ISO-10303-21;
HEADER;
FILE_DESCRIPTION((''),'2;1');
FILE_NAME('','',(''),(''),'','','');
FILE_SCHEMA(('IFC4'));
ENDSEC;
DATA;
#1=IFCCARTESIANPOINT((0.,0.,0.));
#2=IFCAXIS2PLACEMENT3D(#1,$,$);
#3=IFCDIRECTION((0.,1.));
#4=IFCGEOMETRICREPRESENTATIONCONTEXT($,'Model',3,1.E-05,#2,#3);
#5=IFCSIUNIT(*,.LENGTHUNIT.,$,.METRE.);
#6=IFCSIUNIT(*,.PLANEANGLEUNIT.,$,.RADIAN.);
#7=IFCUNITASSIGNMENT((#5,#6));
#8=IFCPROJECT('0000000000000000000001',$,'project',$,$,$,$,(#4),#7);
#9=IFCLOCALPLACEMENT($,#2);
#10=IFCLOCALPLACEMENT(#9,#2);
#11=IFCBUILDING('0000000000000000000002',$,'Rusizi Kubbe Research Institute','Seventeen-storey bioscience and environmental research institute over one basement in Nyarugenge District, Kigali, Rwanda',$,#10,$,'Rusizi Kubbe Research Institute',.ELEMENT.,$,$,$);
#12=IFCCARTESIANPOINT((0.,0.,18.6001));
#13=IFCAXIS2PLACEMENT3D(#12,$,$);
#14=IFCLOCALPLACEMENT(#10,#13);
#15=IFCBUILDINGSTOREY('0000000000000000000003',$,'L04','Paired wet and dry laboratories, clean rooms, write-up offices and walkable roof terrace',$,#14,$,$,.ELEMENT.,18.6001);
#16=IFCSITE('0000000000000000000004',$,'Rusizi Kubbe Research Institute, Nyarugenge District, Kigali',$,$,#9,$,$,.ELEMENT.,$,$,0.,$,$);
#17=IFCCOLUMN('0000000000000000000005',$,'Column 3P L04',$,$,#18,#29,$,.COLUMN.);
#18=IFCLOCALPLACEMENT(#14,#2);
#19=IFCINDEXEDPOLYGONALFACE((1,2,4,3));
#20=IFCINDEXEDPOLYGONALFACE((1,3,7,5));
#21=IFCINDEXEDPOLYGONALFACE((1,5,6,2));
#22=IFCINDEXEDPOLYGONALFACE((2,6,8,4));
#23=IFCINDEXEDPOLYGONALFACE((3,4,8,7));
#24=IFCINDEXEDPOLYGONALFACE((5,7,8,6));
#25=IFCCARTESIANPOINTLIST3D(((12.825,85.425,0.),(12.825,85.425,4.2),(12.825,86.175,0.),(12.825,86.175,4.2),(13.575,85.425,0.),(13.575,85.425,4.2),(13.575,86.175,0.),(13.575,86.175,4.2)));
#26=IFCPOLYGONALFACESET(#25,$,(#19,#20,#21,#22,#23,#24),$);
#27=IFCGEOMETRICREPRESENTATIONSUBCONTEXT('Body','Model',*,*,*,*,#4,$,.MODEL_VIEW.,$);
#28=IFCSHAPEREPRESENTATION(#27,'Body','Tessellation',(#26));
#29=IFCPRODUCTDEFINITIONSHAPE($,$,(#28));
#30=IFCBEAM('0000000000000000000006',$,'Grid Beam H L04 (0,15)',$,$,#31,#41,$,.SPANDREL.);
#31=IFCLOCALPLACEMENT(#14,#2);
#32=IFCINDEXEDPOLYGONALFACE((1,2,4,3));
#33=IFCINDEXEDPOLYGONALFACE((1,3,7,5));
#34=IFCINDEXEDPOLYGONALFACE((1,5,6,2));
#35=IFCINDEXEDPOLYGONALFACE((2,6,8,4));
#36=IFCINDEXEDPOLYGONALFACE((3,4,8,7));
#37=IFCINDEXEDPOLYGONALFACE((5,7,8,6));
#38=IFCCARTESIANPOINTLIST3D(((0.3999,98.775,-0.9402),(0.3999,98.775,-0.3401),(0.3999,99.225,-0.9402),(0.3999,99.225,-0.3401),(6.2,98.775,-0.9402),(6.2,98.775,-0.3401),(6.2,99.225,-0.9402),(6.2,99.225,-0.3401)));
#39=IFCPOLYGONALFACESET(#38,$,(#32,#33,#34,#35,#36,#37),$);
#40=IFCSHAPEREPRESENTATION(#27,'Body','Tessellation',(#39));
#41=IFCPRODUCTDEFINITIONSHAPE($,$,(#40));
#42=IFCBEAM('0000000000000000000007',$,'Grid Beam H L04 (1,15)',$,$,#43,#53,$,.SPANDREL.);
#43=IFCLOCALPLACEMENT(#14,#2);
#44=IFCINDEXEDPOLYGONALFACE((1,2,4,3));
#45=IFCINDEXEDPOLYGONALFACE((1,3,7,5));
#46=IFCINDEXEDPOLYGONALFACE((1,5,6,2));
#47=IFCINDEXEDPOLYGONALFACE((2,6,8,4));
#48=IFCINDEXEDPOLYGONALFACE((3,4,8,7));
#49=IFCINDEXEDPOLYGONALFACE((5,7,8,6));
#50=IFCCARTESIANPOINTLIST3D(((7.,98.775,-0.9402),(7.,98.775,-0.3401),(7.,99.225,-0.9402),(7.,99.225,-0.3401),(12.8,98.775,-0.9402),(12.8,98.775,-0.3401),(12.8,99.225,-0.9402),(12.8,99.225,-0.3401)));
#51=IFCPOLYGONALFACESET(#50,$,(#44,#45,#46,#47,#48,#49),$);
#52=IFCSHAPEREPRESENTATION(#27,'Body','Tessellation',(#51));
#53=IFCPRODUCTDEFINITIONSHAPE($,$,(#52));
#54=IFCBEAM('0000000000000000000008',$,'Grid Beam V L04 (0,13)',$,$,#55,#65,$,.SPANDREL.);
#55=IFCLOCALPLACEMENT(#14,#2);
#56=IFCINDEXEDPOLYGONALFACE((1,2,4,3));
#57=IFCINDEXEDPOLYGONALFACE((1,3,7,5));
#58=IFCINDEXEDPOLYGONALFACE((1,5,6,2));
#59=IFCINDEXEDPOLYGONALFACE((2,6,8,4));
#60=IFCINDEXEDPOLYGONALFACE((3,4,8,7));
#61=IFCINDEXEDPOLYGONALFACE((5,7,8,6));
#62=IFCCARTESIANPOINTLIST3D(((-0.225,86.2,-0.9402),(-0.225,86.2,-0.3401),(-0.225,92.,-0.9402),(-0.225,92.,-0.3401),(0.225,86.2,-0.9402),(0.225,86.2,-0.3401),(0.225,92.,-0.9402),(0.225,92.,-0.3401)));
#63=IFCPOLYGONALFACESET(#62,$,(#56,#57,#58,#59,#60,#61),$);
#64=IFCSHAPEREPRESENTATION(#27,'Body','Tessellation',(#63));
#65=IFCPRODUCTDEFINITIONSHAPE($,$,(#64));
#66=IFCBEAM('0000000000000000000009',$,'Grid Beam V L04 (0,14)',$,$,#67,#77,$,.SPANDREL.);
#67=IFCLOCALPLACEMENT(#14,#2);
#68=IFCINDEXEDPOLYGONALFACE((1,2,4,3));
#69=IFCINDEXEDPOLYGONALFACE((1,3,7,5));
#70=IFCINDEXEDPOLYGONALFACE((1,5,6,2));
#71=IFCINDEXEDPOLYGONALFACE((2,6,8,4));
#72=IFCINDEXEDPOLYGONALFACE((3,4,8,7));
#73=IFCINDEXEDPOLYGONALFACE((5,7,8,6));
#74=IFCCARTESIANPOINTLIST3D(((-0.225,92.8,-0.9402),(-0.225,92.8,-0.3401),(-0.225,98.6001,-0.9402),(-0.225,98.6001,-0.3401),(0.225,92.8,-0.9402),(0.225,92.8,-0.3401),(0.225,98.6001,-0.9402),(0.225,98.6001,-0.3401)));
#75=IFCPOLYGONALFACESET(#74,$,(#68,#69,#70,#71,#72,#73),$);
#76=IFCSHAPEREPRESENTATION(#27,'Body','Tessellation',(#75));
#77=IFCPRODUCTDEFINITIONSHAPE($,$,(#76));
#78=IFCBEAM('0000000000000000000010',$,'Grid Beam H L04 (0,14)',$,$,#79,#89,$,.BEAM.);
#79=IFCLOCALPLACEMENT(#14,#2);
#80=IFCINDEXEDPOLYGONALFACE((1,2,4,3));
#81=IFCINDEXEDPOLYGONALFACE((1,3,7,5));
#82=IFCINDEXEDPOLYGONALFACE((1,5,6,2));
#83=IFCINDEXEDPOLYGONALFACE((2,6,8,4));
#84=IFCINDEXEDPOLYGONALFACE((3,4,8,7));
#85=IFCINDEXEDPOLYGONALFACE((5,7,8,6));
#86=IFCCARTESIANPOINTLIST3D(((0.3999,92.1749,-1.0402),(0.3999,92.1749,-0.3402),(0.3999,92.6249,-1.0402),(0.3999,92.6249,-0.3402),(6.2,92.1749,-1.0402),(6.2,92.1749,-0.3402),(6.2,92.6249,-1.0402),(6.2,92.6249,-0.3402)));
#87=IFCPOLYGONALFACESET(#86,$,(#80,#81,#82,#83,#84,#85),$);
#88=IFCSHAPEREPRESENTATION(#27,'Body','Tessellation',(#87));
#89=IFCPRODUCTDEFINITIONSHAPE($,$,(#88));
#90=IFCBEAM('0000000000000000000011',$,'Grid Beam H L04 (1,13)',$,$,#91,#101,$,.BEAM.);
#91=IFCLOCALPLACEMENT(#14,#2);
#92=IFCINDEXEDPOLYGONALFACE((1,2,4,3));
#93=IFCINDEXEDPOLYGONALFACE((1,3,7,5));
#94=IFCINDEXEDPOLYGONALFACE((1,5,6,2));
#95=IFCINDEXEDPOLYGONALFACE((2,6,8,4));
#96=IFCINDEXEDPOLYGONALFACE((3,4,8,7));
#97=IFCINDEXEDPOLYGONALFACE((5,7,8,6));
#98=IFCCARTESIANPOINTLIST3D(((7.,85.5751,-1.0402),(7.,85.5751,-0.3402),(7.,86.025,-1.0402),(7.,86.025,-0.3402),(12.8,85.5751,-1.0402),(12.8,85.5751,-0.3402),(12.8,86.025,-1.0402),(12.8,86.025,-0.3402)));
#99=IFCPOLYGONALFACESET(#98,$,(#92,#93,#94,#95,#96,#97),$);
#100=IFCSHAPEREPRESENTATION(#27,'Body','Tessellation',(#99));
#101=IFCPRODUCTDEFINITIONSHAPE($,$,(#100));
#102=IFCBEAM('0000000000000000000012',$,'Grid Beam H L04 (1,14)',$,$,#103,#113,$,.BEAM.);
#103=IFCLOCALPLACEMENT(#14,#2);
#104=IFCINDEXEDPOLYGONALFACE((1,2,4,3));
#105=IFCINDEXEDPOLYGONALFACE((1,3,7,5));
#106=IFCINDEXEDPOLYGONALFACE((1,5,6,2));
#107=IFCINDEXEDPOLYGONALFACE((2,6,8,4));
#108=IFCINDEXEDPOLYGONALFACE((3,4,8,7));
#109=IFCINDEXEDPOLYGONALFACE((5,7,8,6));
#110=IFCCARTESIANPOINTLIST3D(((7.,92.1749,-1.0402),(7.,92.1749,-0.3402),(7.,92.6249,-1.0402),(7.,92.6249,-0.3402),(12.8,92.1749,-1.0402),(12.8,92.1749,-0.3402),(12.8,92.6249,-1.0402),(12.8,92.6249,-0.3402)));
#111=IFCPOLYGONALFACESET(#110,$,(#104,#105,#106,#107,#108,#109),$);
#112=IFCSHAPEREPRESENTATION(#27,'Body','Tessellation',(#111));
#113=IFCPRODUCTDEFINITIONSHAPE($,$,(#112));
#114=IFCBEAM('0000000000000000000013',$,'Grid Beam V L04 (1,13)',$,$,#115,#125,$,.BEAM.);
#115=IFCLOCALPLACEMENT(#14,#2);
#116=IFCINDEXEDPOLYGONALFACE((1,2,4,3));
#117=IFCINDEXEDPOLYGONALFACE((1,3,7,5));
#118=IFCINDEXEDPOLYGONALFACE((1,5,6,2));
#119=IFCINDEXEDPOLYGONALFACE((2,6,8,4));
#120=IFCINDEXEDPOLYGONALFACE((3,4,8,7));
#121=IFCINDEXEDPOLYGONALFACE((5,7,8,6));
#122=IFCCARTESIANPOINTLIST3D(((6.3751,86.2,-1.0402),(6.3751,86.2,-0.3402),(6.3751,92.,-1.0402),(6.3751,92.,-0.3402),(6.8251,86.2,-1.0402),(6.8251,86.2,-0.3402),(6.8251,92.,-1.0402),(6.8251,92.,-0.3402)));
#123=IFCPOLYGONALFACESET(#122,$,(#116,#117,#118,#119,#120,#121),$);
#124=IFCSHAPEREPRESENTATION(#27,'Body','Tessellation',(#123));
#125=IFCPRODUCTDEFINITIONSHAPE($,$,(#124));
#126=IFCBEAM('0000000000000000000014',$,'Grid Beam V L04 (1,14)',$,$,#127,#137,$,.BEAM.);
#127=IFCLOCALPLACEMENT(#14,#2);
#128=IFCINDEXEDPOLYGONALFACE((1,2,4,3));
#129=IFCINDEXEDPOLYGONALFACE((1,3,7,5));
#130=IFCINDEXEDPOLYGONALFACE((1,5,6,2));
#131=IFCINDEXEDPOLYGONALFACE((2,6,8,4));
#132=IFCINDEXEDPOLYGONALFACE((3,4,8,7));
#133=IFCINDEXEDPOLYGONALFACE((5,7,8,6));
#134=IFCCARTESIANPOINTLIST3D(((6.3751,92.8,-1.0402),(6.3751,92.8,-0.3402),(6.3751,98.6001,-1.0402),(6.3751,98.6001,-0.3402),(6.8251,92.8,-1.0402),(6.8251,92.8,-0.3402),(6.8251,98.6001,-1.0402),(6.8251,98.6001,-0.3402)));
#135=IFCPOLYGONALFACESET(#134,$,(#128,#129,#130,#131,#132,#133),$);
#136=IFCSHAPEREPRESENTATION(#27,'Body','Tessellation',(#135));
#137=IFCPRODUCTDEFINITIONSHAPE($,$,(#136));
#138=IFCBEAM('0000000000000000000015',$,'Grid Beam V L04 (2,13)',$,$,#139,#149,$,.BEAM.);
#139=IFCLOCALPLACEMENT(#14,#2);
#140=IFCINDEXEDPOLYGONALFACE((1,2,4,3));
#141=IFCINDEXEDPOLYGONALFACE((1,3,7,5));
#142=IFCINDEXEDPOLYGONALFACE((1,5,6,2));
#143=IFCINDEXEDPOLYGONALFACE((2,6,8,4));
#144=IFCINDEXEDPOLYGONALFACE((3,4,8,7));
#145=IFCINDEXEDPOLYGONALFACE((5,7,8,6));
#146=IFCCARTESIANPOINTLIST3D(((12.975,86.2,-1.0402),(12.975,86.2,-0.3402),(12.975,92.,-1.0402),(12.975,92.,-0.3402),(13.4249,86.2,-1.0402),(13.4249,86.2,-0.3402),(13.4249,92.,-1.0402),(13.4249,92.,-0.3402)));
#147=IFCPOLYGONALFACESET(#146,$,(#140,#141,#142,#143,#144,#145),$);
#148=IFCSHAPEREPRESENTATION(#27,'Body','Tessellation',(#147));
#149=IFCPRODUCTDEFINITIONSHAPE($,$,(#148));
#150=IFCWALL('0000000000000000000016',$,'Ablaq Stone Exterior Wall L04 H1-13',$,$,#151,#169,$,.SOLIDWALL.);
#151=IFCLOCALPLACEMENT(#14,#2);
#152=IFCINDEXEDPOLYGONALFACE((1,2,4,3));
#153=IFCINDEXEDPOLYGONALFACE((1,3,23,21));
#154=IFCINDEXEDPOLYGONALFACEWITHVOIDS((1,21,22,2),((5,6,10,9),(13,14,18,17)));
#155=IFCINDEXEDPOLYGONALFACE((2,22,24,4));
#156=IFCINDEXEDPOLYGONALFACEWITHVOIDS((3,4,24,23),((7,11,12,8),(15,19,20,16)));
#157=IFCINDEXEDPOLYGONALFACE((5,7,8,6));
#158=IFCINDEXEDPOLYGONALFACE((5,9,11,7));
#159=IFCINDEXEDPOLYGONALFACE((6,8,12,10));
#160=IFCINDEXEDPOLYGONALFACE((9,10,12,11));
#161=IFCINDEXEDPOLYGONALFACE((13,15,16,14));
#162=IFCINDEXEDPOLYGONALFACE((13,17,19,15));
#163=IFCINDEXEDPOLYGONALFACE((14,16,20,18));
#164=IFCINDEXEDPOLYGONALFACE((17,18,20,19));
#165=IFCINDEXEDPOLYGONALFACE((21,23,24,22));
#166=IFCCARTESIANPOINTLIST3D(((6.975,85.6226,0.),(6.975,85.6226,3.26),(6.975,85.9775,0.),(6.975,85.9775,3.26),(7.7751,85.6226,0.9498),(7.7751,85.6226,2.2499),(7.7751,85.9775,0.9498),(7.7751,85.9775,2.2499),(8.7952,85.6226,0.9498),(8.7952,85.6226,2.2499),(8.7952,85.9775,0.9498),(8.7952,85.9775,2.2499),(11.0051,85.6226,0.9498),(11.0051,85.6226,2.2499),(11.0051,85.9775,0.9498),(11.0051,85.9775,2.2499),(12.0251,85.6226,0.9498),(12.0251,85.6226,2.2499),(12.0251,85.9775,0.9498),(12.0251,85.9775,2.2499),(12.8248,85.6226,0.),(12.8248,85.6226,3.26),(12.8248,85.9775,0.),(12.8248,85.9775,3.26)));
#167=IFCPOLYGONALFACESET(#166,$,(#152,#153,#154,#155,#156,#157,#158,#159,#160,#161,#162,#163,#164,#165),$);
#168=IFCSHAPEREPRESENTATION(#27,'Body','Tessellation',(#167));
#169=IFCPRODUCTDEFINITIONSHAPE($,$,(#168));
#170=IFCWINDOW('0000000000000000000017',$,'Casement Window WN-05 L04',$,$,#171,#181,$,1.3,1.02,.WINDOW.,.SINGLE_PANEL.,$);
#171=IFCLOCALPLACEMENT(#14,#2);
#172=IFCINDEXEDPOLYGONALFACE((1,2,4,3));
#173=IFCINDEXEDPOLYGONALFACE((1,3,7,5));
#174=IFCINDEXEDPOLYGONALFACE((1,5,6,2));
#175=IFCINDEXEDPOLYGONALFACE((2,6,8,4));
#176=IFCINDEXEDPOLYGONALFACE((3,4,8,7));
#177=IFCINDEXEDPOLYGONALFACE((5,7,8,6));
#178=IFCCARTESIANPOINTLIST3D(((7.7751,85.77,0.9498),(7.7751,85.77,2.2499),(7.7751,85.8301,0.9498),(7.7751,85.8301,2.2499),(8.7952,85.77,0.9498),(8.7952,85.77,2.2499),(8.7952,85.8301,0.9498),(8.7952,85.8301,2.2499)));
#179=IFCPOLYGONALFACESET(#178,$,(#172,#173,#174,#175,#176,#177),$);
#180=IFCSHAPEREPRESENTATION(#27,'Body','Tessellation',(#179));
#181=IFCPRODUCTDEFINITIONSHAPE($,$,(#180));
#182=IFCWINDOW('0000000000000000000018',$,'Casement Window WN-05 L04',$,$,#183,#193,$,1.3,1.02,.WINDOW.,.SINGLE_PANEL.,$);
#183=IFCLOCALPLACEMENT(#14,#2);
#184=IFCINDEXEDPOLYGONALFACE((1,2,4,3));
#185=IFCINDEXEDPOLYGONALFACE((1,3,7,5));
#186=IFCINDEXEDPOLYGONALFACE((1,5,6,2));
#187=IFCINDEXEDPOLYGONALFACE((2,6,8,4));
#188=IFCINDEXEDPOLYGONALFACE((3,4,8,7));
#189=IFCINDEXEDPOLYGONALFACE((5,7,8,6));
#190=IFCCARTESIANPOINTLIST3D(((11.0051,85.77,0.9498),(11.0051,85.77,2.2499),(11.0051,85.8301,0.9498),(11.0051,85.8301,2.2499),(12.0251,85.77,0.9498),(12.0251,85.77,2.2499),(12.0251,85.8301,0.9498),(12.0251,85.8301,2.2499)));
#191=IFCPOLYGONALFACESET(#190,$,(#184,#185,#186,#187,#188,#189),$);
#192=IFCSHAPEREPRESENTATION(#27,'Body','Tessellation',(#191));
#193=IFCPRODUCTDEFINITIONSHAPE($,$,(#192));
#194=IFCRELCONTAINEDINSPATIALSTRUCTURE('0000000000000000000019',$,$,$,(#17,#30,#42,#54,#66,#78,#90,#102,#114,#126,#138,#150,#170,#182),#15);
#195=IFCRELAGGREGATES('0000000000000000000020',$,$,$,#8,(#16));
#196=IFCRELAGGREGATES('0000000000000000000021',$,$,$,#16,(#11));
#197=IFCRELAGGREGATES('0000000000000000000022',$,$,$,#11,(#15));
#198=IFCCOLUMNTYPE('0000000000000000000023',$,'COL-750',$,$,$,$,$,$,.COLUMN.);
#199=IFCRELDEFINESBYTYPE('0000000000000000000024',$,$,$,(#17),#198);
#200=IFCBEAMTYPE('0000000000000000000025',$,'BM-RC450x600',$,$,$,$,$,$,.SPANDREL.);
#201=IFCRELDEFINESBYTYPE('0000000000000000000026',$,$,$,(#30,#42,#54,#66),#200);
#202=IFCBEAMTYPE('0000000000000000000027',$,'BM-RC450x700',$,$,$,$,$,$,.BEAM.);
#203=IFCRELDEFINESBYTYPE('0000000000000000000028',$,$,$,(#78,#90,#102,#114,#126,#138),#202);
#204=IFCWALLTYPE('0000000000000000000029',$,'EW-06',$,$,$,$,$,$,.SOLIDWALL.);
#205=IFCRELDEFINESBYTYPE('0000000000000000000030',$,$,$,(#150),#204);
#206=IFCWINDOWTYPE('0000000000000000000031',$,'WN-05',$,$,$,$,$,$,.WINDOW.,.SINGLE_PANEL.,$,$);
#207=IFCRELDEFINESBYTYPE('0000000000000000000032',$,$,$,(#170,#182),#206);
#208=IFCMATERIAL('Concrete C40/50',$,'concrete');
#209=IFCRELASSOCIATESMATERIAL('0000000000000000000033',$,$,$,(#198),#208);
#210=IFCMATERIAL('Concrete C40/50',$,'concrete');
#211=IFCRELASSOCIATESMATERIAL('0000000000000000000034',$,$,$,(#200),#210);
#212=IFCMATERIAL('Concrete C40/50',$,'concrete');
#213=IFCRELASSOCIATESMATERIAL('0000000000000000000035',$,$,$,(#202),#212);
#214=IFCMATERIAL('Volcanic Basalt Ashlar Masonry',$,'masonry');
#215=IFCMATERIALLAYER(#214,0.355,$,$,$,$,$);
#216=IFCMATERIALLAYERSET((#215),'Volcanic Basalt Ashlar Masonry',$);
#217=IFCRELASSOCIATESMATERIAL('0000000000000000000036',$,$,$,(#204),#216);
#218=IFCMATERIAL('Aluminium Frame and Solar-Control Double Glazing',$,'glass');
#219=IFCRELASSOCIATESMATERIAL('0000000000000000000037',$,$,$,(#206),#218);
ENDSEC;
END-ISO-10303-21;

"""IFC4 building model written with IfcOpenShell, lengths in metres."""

from ifc_helpers import new_model, si_unit, direction, frame, frame_2d, origin, origin_2d, place, context, subcontext, project, spatial, rectangle, extrude, material, layer, layer_set, material_profile, profile_set, type_object, element, fill, save


model = new_model("IFC4")

# Units and contexts
model_context = context("Model", 3, precision=1e-05, world=origin(), true_north=direction((0.0, 1.0)))
body_context = subcontext(model_context, "Body", "Model", "MODEL_VIEW")
ifc_project = project(units=[si_unit("LENGTHUNIT", "METRE"), si_unit("PLANEANGLEUNIT", "RADIAN")], contexts=[model_context])

# Site, building, storey
site_placement = place(None, origin())
site = spatial("IfcSite", under=ifc_project, at=site_placement, Name="Rusizi Kubbe Research Institute, Nyarugenge District, Kigali", CompositionType="ELEMENT", RefElevation=0.0)
building_placement = place(site_placement, origin())
building = spatial("IfcBuilding", under=site, at=building_placement, Name="Rusizi Kubbe Research Institute", Description="Seventeen-storey bioscience and environmental research institute over one basement in Nyarugenge District, Kigali, Rwanda", LongName="Rusizi Kubbe Research Institute", CompositionType="ELEMENT")
storey_placement = place(building_placement, frame((0.0, 0.0, 18.6001)))
storey = spatial("IfcBuildingStorey", under=building, at=storey_placement, Name="L04", Description="Paired wet and dry laboratories, clean rooms, write-up offices and walkable roof terrace", CompositionType="ELEMENT", Elevation=18.6001)

# Column
ifc_material_1 = material(Name="Concrete C40/50", Category="concrete")
ifc_material_profile_1 = material_profile(ifc_material_1, rectangle(XDim=0.75, YDim=0.75, at=origin_2d()), Name="RC750x750")
ifc_profile_set_1 = profile_set([ifc_material_profile_1], Name="Concrete C40/50")
column_type = type_object("IfcColumnType", Name="COL-750", PredefinedType="COLUMN", material=ifc_profile_set_1)
column_placement = place(storey_placement, frame((13.2, 85.8, 0.0), z_axis=(0.0, 0.0, 1.0), x_axis=(1.0, 0.0, 0.0)))
element("IfcColumn", 1, at=column_placement, inside=storey, type_object=column_type, Name="Column 3P L04", PredefinedType="COLUMN", context=body_context, shape_type="SweptSolid", body=[
    extrude(rectangle(XDim=0.75, YDim=0.75, at=origin_2d()), origin(), (0.0, 0.0, 1.0), 4.2),
])

# Beams
ifc_material_2 = material(Name="Concrete C40/50", Category="concrete")
ifc_material_profile_2 = material_profile(ifc_material_2, rectangle(XDim=0.45, YDim=0.6001, at=origin_2d()), Name="RC450x600")
ifc_profile_set_2 = profile_set([ifc_material_profile_2], Name="Concrete C40/50")
beam_type_1 = type_object("IfcBeamType", Name="BM-RC450x600", PredefinedType="SPANDREL", material=ifc_profile_set_2)
for number, where, z_axis, x_axis, name in (
    (2, (0.3999, 99.0, -0.6401), (1.0, 0.0, 0.0), (0.0, 1.0, 0.0), "Grid Beam H L04 (0,15)"),
    (3, (7.0, 99.0, -0.6401), (1.0, 0.0, 0.0), (0.0, 1.0, 0.0), "Grid Beam H L04 (1,15)"),
    (4, (0.0, 86.2, -0.6401), (0.0, 1.0, 0.0), (-1.0, 0.0, 0.0), "Grid Beam V L04 (0,13)"),
    (5, (0.0, 92.8, -0.6401), (0.0, 1.0, 0.0), (-1.0, 0.0, 0.0), "Grid Beam V L04 (0,14)"),
):
    element("IfcBeam", number, at=place(storey_placement, frame(where, z_axis=z_axis, x_axis=x_axis)), inside=storey, type_object=beam_type_1, Name=name, PredefinedType="SPANDREL", context=body_context, shape_type="SweptSolid", body=[
        extrude(rectangle(XDim=0.45, YDim=0.6001, at=origin_2d()), origin(), (0.0, 0.0, 1.0), 5.8),
    ])
ifc_material_3 = material(Name="Concrete C40/50", Category="concrete")
ifc_material_profile_3 = material_profile(ifc_material_3, rectangle(XDim=0.45, YDim=0.7, at=origin_2d()), Name="RC450x700B")
ifc_profile_set_3 = profile_set([ifc_material_profile_3], Name="Concrete C40/50")
beam_type_2 = type_object("IfcBeamType", Name="BM-RC450x700", PredefinedType="BEAM", material=ifc_profile_set_3)
for number, where, z_axis, x_axis, name in (
    (6, (0.3999, 92.3999, -0.6902), (1.0, 0.0, 0.0), (0.0, 1.0, 0.0), "Grid Beam H L04 (0,14)"),
    (7, (7.0, 85.8, -0.6902), (1.0, 0.0, 0.0), (0.0, 1.0, 0.0), "Grid Beam H L04 (1,13)"),
    (8, (7.0, 92.3999, -0.6902), (1.0, 0.0, 0.0), (0.0, 1.0, 0.0), "Grid Beam H L04 (1,14)"),
    (9, (6.6001, 86.2, -0.6902), (0.0, 1.0, 0.0), (-1.0, 0.0, 0.0), "Grid Beam V L04 (1,13)"),
    (10, (6.6001, 92.8, -0.6902), (0.0, 1.0, 0.0), (-1.0, 0.0, 0.0), "Grid Beam V L04 (1,14)"),
    (11, (13.2, 86.2, -0.6902), (0.0, 1.0, 0.0), (-1.0, 0.0, 0.0), "Grid Beam V L04 (2,13)"),
):
    element("IfcBeam", number, at=place(storey_placement, frame(where, z_axis=z_axis, x_axis=x_axis)), inside=storey, type_object=beam_type_2, Name=name, PredefinedType="BEAM", context=body_context, shape_type="SweptSolid", body=[
        extrude(rectangle(XDim=0.45, YDim=0.7, at=origin_2d()), origin(), (0.0, 0.0, 1.0), 5.8),
    ])

# Wall, openings, windows
ifc_material_4 = material(Name="Volcanic Basalt Ashlar Masonry", Category="masonry")
ifc_layer_1 = layer(ifc_material_4, 0.355)
ifc_layer_set_1 = layer_set([ifc_layer_1], Name="Volcanic Basalt Ashlar Masonry")
wall_type_1 = type_object("IfcWallType", Name="EW-06", PredefinedType="SOLIDWALL", material=ifc_layer_set_1)
wall_1_placement = place(storey_placement, frame((6.9751, 85.8, 0.0), z_axis=(0.0, 0.0, 1.0), x_axis=(1.0, 0.0, 0.0)))
wall_1 = element("IfcWall", 12, at=wall_1_placement, inside=storey, type_object=wall_type_1, Name="Ablaq Stone Exterior Wall L04 H1-13", PredefinedType="SOLIDWALL", context=body_context, shape_type="SweptSolid", body=[
    extrude(rectangle(XDim=5.8499, YDim=0.355, at=frame_2d((2.9248, 0.0))), origin(), (0.0, 0.0, 1.0), 3.26),
])
opening_1_placement = place(wall_1_placement, frame((0.8, 0.0, 0.95)))
opening_1 = element("IfcOpeningElement", 13, at=opening_1_placement, cuts=wall_1, PredefinedType="OPENING", context=body_context, shape_type="SweptSolid", body=[
    extrude(rectangle(XDim=1.02, YDim=1.3, at=frame_2d((0.51, 0.6499))), frame((0.0, 0.1875, 0.0), z_axis=(0.0, -1.0, 0.0), x_axis=(1.0, 0.0, 0.0)), (0.0, 0.0, 1.0), 0.375),
])
opening_2_placement = place(wall_1_placement, frame((4.03, 0.0, 0.95)))
opening_2 = element("IfcOpeningElement", 14, at=opening_2_placement, cuts=wall_1, PredefinedType="OPENING", context=body_context, shape_type="SweptSolid", body=[
    extrude(rectangle(XDim=1.02, YDim=1.3, at=frame_2d((0.51, 0.6499))), frame((0.0, 0.1875, 0.0), z_axis=(0.0, -1.0, 0.0), x_axis=(1.0, 0.0, 0.0)), (0.0, 0.0, 1.0), 0.375),
])
ifc_material_5 = material(Name="Aluminium Frame and Solar-Control Double Glazing", Category="glass")
window_type = type_object("IfcWindowType", Name="WN-05", PartitioningType="SINGLE_PANEL", PredefinedType="WINDOW", material=ifc_material_5)
window_1_placement = place(opening_1_placement, origin())
window_1 = element("IfcWindow", 15, at=window_1_placement, inside=storey, type_object=window_type, Name="Casement Window WN-05 L04", OverallHeight=1.3, OverallWidth=1.02, PartitioningType="SINGLE_PANEL", PredefinedType="WINDOW", context=body_context, shape_type="SweptSolid", body=[
    extrude(rectangle(XDim=1.02, YDim=1.3, at=frame_2d((0.51, 0.6499))), frame((0.0, 0.03, 0.0), z_axis=(0.0, -1.0, 0.0), x_axis=(1.0, 0.0, 0.0)), (0.0, 0.0, 1.0), 0.0601),
])
fill(opening_1, window_1)
window_2_placement = place(opening_2_placement, origin())
window_2 = element("IfcWindow", 16, at=window_2_placement, inside=storey, type_object=window_type, Name="Casement Window WN-05 L04", OverallHeight=1.3, OverallWidth=1.02, PartitioningType="SINGLE_PANEL", PredefinedType="WINDOW", context=body_context, shape_type="SweptSolid", body=[
    extrude(rectangle(XDim=1.02, YDim=1.3, at=frame_2d((0.51, 0.6499))), frame((0.0, 0.03, 0.0), z_axis=(0.0, -1.0, 0.0), x_axis=(1.0, 0.0, 0.0)), (0.0, 0.0, 1.0), 0.0601),
])
fill(opening_2, window_2)

save(model, "model.ifc")
